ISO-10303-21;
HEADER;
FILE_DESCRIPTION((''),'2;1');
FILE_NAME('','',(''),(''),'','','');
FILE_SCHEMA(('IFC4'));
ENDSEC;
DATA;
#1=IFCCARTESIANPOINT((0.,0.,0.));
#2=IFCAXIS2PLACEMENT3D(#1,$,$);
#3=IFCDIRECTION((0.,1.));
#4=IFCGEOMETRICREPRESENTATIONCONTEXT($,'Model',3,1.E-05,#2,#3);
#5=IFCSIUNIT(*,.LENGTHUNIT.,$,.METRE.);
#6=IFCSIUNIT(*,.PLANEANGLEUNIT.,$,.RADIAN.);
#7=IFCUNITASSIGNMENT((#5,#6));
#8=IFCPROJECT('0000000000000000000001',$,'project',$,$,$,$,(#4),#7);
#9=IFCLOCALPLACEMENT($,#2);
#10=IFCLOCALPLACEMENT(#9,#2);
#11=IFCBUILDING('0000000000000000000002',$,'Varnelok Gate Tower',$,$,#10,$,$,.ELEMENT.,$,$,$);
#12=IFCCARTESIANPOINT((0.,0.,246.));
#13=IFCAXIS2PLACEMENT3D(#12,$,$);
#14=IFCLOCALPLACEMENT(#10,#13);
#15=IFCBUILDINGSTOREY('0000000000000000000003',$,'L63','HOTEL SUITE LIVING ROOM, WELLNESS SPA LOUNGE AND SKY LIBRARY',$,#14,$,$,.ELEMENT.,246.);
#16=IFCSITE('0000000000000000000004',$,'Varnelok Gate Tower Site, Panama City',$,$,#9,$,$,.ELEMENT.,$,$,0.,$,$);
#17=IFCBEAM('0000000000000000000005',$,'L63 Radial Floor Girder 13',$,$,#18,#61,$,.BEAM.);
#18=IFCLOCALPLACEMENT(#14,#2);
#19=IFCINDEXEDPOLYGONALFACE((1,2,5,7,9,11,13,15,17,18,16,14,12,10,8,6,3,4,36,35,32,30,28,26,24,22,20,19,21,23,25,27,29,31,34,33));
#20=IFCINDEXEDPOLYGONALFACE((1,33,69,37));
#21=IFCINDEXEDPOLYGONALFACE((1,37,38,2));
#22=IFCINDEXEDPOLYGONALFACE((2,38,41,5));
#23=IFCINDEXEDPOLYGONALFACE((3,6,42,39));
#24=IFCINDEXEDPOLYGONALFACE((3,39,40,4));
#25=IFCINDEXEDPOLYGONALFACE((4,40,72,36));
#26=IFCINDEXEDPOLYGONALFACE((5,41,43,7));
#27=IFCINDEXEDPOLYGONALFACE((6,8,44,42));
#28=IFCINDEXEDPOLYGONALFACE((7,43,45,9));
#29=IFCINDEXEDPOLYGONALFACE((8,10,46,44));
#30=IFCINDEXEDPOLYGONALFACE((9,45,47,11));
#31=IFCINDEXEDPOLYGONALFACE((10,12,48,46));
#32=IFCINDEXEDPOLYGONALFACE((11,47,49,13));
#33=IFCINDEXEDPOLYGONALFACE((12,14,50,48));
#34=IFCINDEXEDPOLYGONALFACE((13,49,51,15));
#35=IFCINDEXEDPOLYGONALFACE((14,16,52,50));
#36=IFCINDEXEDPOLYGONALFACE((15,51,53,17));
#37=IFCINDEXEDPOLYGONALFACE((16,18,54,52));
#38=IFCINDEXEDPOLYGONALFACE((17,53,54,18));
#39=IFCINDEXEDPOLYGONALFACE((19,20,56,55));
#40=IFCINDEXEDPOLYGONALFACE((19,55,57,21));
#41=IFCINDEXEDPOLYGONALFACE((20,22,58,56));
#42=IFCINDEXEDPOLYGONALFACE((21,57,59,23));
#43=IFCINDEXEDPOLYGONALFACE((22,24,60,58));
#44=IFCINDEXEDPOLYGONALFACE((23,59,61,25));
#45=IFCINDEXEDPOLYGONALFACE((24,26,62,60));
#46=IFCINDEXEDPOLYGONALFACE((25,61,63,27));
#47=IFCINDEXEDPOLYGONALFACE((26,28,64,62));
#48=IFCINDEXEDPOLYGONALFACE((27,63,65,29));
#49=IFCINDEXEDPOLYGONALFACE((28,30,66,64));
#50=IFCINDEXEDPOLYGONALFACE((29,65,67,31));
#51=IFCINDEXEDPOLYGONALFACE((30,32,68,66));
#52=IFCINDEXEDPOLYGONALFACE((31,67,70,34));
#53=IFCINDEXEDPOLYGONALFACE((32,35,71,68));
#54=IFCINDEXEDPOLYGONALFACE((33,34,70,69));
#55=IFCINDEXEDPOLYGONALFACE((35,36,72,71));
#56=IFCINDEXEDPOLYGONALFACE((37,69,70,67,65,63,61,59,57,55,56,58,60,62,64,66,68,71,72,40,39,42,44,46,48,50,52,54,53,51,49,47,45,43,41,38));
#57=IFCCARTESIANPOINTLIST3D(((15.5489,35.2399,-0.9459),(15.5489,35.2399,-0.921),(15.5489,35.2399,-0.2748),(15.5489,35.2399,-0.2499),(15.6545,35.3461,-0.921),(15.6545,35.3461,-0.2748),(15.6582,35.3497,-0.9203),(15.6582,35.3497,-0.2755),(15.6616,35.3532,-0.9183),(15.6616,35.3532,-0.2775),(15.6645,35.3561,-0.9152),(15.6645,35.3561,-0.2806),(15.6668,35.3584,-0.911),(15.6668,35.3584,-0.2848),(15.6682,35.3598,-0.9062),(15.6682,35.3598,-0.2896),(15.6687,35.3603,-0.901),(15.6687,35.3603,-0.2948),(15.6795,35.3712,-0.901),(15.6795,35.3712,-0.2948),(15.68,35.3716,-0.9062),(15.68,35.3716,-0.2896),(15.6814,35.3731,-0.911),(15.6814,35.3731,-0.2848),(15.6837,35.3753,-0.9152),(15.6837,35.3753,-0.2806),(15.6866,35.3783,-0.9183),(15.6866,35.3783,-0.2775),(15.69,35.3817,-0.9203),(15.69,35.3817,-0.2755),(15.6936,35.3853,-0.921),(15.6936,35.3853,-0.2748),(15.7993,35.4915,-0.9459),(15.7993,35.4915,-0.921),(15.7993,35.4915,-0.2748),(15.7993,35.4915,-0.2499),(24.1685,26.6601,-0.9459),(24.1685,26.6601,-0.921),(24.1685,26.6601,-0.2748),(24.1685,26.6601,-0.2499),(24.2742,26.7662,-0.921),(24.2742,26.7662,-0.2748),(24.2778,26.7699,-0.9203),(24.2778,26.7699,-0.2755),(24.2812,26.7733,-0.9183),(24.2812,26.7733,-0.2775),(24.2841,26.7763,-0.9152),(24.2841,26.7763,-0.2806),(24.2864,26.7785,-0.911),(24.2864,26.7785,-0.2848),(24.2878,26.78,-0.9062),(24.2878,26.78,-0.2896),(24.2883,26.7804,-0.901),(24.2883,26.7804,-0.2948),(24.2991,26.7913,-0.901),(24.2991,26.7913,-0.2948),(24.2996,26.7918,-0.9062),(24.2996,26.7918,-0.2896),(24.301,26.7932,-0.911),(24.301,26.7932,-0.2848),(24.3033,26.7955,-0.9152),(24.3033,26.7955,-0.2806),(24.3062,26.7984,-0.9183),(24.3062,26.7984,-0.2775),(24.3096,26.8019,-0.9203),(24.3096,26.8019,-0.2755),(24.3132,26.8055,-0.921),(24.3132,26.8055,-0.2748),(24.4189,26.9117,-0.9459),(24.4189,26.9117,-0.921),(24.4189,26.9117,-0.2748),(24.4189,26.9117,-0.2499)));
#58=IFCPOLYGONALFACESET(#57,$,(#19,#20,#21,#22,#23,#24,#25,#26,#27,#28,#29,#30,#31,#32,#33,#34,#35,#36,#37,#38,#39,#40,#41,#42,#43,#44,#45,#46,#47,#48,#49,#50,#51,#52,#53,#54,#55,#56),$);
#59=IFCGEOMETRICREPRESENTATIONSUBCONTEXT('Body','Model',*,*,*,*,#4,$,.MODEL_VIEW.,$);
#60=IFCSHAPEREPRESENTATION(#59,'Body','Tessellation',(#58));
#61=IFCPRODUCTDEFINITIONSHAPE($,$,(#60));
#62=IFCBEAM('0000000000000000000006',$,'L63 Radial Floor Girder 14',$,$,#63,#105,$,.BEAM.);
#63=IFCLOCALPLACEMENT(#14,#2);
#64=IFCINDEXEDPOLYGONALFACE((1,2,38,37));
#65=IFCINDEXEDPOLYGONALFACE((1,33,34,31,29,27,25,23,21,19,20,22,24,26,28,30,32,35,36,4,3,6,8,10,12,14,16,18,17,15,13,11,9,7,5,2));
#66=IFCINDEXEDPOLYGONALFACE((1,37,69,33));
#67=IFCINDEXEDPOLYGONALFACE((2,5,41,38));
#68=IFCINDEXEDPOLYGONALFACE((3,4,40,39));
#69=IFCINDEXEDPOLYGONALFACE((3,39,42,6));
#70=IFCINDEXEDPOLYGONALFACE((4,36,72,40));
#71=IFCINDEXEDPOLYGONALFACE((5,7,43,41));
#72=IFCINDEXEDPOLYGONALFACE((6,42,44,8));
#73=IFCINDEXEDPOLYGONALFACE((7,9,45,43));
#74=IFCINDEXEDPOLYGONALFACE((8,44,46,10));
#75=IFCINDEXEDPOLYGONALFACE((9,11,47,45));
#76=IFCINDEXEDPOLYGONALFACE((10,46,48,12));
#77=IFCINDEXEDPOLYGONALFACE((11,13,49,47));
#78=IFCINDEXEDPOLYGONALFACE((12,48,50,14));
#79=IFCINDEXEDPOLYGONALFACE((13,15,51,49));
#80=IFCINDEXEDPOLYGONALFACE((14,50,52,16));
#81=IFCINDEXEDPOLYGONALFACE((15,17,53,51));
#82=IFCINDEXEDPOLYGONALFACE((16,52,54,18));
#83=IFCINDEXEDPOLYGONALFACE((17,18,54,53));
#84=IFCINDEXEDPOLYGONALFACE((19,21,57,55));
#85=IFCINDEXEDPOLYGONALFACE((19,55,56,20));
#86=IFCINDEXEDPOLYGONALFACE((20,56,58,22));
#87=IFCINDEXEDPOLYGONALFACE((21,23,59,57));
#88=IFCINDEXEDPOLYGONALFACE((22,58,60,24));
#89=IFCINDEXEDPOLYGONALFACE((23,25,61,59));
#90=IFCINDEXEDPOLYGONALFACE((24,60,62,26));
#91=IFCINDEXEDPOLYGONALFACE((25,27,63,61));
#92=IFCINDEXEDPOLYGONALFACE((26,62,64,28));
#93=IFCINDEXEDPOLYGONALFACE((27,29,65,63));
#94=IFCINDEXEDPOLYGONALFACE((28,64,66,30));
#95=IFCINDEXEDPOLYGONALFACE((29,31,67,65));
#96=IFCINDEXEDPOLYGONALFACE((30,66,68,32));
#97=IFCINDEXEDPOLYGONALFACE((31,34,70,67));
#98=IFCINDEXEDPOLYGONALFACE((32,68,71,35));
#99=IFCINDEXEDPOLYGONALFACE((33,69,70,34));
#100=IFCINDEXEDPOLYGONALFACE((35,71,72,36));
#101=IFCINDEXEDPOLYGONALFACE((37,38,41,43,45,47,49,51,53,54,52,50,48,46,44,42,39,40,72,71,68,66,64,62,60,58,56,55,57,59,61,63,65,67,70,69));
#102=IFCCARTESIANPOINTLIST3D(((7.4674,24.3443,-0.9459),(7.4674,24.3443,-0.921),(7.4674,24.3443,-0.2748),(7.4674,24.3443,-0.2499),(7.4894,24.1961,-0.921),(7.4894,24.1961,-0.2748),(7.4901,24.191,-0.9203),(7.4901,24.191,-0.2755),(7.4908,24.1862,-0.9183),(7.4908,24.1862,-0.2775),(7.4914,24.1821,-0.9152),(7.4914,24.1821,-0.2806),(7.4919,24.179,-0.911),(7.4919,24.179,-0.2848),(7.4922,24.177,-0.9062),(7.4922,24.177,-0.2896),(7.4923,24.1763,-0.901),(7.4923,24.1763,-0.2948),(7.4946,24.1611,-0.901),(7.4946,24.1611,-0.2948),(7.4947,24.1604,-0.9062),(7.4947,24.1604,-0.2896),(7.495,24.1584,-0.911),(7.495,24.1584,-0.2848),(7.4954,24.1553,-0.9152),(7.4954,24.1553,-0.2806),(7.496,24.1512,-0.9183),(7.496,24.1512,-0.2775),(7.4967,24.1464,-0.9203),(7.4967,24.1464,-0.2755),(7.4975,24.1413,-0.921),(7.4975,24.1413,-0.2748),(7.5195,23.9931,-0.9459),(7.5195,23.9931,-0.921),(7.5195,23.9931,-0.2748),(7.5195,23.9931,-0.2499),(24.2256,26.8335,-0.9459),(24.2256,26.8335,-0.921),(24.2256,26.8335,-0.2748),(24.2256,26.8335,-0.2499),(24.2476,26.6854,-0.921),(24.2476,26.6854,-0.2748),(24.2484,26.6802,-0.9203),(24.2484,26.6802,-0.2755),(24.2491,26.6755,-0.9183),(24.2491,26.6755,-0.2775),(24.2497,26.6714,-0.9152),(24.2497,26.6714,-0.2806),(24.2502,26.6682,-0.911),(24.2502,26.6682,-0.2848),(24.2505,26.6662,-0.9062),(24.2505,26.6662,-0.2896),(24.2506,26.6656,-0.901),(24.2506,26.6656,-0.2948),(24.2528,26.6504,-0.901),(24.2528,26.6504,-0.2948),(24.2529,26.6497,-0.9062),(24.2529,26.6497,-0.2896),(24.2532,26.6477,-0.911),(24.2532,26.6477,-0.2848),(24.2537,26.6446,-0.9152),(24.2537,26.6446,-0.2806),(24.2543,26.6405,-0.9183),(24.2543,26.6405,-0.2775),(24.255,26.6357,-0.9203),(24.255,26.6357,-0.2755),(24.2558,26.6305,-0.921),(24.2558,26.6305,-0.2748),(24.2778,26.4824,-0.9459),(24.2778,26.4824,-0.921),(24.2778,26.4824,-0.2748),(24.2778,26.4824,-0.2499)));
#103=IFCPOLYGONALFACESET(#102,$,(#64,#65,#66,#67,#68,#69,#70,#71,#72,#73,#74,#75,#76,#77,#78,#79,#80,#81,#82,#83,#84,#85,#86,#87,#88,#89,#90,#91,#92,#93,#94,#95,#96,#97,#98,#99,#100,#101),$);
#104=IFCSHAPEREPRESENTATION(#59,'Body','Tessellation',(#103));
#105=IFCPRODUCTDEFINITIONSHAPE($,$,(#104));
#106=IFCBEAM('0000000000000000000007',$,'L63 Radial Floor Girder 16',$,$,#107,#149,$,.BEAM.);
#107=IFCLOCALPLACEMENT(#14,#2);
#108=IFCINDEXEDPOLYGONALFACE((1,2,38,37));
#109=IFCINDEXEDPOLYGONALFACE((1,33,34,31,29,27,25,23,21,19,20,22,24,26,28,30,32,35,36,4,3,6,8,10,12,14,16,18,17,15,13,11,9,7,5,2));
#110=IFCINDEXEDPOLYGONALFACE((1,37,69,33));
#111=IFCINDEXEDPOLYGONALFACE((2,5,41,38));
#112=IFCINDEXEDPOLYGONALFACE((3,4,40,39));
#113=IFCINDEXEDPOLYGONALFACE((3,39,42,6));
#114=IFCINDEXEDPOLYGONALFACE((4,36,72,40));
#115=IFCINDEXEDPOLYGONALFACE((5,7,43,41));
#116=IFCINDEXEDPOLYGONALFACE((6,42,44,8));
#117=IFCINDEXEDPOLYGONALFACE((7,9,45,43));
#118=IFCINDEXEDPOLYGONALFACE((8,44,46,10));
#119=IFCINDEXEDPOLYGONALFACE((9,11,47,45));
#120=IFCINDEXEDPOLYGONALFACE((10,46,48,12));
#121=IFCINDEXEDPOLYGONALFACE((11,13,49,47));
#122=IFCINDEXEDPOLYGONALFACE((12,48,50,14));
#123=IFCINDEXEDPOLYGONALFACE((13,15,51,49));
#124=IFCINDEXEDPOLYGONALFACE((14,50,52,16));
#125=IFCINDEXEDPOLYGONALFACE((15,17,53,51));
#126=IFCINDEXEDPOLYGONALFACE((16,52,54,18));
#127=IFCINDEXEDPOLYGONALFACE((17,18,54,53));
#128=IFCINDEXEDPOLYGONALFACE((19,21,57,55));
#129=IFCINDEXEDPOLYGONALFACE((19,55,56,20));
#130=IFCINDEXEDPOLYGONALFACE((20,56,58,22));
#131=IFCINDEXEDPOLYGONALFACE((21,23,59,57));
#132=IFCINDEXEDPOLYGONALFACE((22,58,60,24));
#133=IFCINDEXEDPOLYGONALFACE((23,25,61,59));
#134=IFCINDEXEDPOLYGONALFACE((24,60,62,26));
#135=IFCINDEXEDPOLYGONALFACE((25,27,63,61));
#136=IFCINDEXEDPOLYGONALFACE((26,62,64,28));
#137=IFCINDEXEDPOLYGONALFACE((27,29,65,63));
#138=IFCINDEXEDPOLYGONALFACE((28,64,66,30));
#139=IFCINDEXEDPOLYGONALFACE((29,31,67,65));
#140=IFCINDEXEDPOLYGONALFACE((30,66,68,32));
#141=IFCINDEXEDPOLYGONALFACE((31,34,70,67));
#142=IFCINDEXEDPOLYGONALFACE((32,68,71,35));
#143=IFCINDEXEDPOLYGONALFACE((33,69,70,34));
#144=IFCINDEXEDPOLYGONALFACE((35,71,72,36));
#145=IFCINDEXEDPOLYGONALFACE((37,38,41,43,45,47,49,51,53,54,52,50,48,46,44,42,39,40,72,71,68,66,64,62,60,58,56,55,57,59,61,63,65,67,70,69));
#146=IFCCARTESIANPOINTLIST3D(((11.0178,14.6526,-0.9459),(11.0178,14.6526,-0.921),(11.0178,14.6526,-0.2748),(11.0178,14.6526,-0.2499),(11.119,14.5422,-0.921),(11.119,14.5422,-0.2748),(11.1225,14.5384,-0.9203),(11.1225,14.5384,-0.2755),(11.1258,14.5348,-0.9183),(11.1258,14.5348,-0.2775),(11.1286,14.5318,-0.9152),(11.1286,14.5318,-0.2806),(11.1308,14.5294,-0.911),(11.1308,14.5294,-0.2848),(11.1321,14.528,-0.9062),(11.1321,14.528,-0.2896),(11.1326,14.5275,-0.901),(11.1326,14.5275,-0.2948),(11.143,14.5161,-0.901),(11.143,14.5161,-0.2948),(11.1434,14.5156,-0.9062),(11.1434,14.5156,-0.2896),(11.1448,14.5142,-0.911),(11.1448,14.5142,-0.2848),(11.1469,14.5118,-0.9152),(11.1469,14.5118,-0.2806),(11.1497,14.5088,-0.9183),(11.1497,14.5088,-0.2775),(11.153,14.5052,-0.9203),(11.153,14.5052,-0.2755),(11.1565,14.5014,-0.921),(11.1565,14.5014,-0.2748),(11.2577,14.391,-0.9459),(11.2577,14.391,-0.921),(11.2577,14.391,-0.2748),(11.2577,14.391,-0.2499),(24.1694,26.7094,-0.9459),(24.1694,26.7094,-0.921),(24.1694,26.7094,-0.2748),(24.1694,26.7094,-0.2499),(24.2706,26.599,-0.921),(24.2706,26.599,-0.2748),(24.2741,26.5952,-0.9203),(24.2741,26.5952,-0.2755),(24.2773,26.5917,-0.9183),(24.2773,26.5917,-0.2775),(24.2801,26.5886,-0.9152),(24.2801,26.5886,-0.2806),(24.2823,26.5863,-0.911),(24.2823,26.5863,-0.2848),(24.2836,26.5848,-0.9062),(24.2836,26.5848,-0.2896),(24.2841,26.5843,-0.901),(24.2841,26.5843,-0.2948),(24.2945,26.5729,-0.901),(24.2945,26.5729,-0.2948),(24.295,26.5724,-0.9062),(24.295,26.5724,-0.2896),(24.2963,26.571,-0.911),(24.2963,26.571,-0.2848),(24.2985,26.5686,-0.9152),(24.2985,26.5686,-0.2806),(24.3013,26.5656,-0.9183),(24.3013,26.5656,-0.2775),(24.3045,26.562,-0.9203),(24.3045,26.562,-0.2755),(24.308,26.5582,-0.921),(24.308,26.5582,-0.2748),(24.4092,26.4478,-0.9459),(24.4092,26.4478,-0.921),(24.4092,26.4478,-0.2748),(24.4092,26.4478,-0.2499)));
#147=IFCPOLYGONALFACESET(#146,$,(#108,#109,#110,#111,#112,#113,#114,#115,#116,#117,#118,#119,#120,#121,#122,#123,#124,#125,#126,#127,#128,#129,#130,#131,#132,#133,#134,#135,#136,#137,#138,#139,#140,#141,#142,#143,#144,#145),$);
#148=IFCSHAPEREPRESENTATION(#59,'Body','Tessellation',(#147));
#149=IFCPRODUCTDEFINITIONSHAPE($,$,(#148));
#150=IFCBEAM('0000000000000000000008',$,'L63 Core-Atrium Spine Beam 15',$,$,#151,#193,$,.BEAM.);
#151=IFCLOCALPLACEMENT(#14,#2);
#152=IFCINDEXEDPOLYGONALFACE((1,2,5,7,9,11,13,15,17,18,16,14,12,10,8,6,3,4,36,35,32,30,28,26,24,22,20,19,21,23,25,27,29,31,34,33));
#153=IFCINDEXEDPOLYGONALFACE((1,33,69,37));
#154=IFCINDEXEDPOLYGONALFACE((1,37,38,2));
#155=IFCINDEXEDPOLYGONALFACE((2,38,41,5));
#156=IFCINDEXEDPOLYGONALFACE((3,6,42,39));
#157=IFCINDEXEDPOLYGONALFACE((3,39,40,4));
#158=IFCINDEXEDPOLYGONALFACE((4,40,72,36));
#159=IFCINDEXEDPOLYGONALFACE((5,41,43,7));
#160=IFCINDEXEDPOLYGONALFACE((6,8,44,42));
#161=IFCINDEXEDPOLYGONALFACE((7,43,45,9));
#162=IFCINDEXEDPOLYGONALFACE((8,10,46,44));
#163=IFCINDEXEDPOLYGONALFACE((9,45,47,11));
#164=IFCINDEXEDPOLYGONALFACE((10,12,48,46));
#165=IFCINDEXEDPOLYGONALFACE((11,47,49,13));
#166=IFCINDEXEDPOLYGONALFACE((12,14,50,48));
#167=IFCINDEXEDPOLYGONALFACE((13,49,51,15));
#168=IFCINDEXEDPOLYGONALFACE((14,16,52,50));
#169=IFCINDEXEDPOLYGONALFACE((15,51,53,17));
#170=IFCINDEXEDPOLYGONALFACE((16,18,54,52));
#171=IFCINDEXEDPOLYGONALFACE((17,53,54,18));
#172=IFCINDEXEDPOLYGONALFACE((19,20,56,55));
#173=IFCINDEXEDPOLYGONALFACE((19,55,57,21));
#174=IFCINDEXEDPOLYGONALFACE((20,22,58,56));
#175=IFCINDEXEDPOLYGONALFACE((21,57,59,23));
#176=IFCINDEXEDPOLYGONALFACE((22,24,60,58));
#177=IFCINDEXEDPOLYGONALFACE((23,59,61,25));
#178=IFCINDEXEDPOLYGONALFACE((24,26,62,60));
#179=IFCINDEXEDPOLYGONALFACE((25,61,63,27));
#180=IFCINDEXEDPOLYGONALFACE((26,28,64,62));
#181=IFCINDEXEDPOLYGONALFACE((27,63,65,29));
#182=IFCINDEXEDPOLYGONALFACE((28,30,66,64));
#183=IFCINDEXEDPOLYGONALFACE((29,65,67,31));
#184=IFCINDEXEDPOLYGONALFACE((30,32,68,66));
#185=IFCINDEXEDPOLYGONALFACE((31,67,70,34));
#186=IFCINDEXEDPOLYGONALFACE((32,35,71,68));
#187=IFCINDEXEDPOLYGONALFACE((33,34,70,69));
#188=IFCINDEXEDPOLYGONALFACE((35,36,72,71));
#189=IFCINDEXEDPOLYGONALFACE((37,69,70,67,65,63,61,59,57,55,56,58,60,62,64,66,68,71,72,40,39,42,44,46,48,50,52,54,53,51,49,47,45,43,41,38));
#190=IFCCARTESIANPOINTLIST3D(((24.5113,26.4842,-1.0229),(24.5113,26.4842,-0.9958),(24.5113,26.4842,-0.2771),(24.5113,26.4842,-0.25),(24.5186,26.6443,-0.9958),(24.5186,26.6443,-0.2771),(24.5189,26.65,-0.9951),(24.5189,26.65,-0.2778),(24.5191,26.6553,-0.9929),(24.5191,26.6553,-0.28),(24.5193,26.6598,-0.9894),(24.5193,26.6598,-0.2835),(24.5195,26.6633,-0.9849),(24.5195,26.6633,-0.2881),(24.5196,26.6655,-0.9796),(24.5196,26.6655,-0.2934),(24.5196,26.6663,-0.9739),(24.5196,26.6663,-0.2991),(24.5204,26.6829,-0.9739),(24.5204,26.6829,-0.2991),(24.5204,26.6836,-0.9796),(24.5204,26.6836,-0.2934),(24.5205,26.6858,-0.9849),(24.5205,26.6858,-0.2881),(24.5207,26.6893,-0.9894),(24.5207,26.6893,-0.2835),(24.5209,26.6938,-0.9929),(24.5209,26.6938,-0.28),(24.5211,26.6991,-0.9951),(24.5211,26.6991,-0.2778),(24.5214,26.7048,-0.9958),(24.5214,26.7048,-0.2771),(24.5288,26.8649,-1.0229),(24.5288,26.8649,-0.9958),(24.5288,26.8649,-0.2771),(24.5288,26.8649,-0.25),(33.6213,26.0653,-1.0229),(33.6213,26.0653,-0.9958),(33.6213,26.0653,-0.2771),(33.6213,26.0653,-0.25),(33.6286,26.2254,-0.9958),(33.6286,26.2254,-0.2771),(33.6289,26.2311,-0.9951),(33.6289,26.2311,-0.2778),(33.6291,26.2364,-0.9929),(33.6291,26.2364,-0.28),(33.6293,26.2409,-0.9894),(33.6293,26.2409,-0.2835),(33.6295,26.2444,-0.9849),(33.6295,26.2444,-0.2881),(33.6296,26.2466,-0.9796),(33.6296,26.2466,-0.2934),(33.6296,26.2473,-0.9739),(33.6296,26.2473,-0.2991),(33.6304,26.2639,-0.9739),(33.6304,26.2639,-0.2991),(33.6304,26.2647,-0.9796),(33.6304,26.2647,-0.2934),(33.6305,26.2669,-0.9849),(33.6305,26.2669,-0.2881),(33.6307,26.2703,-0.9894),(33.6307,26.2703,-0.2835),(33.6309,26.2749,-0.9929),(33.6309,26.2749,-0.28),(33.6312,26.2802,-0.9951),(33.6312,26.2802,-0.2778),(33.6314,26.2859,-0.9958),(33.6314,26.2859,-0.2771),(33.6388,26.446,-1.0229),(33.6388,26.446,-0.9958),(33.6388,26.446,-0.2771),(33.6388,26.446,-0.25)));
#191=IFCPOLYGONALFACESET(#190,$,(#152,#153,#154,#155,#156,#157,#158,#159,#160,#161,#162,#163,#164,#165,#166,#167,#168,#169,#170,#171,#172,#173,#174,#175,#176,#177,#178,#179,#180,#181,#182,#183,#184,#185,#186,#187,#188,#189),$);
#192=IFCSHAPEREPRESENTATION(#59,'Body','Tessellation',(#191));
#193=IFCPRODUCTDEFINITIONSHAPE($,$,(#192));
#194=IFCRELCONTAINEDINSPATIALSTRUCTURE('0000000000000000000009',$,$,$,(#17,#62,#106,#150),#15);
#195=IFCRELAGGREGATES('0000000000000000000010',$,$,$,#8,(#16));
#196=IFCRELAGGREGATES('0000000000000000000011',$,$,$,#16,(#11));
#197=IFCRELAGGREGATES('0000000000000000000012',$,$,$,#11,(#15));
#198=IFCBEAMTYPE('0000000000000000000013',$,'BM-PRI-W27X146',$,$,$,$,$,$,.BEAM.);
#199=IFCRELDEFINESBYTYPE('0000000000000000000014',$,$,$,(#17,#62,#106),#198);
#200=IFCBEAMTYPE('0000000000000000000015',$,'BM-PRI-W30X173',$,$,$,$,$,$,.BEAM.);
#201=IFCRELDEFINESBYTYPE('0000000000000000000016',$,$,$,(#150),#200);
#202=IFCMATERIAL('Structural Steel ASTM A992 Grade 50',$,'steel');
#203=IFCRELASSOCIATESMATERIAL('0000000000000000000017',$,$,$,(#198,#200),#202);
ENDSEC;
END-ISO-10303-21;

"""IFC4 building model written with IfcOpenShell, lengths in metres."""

from ifc_helpers import new_model, si_unit, direction, frame, origin, origin_2d, place, context, subcontext, project, spatial, i_section, extrude, material, material_profile, profile_set, type_object, element, save


model = new_model("IFC4")

# Units and contexts
model_context = context("Model", 3, precision=1e-05, world=origin(), true_north=direction((0.0, 1.0)))
body_context = subcontext(model_context, "Body", "Model", "MODEL_VIEW")
ifc_project = project(units=[si_unit("LENGTHUNIT", "METRE"), si_unit("PLANEANGLEUNIT", "RADIAN")], contexts=[model_context])

# Site, building, storey
site_placement = place(None, origin())
site = spatial("IfcSite", under=ifc_project, at=site_placement, Name="Varnelok Gate Tower Site, Panama City", CompositionType="ELEMENT", RefElevation=0.0)
building_placement = place(site_placement, origin())
building = spatial("IfcBuilding", under=site, at=building_placement, Name="Varnelok Gate Tower", CompositionType="ELEMENT")
storey_placement = place(building_placement, frame((0.0, 0.0, 246.0)))
storey = spatial("IfcBuildingStorey", under=building, at=storey_placement, Name="L63", Description="HOTEL SUITE LIVING ROOM, WELLNESS SPA LOUNGE AND SKY LIBRARY", CompositionType="ELEMENT", Elevation=246.0)

# Shared definitions
ifc_material_1 = material(Name="Structural Steel ASTM A992 Grade 50", Category="steel")

# Beams
ifc_material_profile_1 = material_profile(ifc_material_1, i_section(OverallWidth=0.355, OverallDepth=0.696, WebThickness=0.0154, FlangeThickness=0.0249, FilletRadius=0.02, at=origin_2d()), Name="W27X146")
ifc_profile_set_1 = profile_set([ifc_material_profile_1], Name="Structural Steel ASTM A992 Grade 50")
beam_type_1 = type_object("IfcBeamType", Name="BM-PRI-W27X146", PredefinedType="BEAM", material=ifc_profile_set_1)
beam_1_placement = place(storey_placement, frame((24.2937, 26.7859, -0.5979), z_axis=(-0.708741, 0.705469, 0.0), x_axis=(-0.705469, -0.708741, 0.0)))
element("IfcBeam", 1, at=beam_1_placement, inside=storey, type_object=beam_type_1, Name="L63 Radial Floor Girder 13", PredefinedType="BEAM", context=body_context, shape_type="SweptSolid", body=[
    extrude(i_section(OverallWidth=0.355, OverallDepth=0.696, WebThickness=0.0154, FlangeThickness=0.0249, FilletRadius=0.02, at=origin_2d()), origin(), (0.0, 0.0, 1.0), 12.1619),
])
beam_2_placement = place(storey_placement, frame((24.2517, 26.658, -0.5979), z_axis=(-0.989147, -0.146927, 0.0), x_axis=(0.146927, -0.989147, 0.0)))
element("IfcBeam", 2, at=beam_2_placement, inside=storey, type_object=beam_type_1, Name="L63 Radial Floor Girder 14", PredefinedType="BEAM", context=body_context, shape_type="SweptSolid", body=[
    extrude(i_section(OverallWidth=0.355, OverallDepth=0.696, WebThickness=0.0154, FlangeThickness=0.0249, FilletRadius=0.02, at=origin_2d()), origin(), (0.0, 0.0, 1.0), 16.9421),
])
beam_3_placement = place(storey_placement, frame((24.2893, 26.5786, -0.5979), z_axis=(-0.737119, -0.675762, 0.0), x_axis=(0.675762, -0.737119, 0.0)))
element("IfcBeam", 3, at=beam_3_placement, inside=storey, type_object=beam_type_1, Name="L63 Radial Floor Girder 16", PredefinedType="BEAM", context=body_context, shape_type="SweptSolid", body=[
    extrude(i_section(OverallWidth=0.355, OverallDepth=0.696, WebThickness=0.0154, FlangeThickness=0.0249, FilletRadius=0.02, at=origin_2d()), origin(), (0.0, 0.0, 1.0), 17.8418),
])
ifc_material_profile_2 = material_profile(ifc_material_1, i_section(OverallWidth=0.3811, OverallDepth=0.7729, WebThickness=0.0166, FlangeThickness=0.0271, FilletRadius=0.022, at=origin_2d()), Name="W30X173")
ifc_profile_set_2 = profile_set([ifc_material_profile_2], Name="Structural Steel ASTM A992 Grade 50")
beam_type_2 = type_object("IfcBeamType", Name="BM-PRI-W30X173", PredefinedType="BEAM", material=ifc_profile_set_2)
beam_4_placement = place(storey_placement, frame((24.52, 26.6746, -0.6365), z_axis=(0.998944, -0.045938, 0.0), x_axis=(0.045938, 0.998944, 0.0)))
element("IfcBeam", 4, at=beam_4_placement, inside=storey, type_object=beam_type_2, Name="L63 Core-Atrium Spine Beam 15", PredefinedType="BEAM", context=body_context, shape_type="SweptSolid", body=[
    extrude(i_section(OverallWidth=0.3811, OverallDepth=0.7729, WebThickness=0.0166, FlangeThickness=0.0271, FilletRadius=0.022, at=origin_2d()), origin(), (0.0, 0.0, 1.0), 9.1196),
])

save(model, "model.ifc")
